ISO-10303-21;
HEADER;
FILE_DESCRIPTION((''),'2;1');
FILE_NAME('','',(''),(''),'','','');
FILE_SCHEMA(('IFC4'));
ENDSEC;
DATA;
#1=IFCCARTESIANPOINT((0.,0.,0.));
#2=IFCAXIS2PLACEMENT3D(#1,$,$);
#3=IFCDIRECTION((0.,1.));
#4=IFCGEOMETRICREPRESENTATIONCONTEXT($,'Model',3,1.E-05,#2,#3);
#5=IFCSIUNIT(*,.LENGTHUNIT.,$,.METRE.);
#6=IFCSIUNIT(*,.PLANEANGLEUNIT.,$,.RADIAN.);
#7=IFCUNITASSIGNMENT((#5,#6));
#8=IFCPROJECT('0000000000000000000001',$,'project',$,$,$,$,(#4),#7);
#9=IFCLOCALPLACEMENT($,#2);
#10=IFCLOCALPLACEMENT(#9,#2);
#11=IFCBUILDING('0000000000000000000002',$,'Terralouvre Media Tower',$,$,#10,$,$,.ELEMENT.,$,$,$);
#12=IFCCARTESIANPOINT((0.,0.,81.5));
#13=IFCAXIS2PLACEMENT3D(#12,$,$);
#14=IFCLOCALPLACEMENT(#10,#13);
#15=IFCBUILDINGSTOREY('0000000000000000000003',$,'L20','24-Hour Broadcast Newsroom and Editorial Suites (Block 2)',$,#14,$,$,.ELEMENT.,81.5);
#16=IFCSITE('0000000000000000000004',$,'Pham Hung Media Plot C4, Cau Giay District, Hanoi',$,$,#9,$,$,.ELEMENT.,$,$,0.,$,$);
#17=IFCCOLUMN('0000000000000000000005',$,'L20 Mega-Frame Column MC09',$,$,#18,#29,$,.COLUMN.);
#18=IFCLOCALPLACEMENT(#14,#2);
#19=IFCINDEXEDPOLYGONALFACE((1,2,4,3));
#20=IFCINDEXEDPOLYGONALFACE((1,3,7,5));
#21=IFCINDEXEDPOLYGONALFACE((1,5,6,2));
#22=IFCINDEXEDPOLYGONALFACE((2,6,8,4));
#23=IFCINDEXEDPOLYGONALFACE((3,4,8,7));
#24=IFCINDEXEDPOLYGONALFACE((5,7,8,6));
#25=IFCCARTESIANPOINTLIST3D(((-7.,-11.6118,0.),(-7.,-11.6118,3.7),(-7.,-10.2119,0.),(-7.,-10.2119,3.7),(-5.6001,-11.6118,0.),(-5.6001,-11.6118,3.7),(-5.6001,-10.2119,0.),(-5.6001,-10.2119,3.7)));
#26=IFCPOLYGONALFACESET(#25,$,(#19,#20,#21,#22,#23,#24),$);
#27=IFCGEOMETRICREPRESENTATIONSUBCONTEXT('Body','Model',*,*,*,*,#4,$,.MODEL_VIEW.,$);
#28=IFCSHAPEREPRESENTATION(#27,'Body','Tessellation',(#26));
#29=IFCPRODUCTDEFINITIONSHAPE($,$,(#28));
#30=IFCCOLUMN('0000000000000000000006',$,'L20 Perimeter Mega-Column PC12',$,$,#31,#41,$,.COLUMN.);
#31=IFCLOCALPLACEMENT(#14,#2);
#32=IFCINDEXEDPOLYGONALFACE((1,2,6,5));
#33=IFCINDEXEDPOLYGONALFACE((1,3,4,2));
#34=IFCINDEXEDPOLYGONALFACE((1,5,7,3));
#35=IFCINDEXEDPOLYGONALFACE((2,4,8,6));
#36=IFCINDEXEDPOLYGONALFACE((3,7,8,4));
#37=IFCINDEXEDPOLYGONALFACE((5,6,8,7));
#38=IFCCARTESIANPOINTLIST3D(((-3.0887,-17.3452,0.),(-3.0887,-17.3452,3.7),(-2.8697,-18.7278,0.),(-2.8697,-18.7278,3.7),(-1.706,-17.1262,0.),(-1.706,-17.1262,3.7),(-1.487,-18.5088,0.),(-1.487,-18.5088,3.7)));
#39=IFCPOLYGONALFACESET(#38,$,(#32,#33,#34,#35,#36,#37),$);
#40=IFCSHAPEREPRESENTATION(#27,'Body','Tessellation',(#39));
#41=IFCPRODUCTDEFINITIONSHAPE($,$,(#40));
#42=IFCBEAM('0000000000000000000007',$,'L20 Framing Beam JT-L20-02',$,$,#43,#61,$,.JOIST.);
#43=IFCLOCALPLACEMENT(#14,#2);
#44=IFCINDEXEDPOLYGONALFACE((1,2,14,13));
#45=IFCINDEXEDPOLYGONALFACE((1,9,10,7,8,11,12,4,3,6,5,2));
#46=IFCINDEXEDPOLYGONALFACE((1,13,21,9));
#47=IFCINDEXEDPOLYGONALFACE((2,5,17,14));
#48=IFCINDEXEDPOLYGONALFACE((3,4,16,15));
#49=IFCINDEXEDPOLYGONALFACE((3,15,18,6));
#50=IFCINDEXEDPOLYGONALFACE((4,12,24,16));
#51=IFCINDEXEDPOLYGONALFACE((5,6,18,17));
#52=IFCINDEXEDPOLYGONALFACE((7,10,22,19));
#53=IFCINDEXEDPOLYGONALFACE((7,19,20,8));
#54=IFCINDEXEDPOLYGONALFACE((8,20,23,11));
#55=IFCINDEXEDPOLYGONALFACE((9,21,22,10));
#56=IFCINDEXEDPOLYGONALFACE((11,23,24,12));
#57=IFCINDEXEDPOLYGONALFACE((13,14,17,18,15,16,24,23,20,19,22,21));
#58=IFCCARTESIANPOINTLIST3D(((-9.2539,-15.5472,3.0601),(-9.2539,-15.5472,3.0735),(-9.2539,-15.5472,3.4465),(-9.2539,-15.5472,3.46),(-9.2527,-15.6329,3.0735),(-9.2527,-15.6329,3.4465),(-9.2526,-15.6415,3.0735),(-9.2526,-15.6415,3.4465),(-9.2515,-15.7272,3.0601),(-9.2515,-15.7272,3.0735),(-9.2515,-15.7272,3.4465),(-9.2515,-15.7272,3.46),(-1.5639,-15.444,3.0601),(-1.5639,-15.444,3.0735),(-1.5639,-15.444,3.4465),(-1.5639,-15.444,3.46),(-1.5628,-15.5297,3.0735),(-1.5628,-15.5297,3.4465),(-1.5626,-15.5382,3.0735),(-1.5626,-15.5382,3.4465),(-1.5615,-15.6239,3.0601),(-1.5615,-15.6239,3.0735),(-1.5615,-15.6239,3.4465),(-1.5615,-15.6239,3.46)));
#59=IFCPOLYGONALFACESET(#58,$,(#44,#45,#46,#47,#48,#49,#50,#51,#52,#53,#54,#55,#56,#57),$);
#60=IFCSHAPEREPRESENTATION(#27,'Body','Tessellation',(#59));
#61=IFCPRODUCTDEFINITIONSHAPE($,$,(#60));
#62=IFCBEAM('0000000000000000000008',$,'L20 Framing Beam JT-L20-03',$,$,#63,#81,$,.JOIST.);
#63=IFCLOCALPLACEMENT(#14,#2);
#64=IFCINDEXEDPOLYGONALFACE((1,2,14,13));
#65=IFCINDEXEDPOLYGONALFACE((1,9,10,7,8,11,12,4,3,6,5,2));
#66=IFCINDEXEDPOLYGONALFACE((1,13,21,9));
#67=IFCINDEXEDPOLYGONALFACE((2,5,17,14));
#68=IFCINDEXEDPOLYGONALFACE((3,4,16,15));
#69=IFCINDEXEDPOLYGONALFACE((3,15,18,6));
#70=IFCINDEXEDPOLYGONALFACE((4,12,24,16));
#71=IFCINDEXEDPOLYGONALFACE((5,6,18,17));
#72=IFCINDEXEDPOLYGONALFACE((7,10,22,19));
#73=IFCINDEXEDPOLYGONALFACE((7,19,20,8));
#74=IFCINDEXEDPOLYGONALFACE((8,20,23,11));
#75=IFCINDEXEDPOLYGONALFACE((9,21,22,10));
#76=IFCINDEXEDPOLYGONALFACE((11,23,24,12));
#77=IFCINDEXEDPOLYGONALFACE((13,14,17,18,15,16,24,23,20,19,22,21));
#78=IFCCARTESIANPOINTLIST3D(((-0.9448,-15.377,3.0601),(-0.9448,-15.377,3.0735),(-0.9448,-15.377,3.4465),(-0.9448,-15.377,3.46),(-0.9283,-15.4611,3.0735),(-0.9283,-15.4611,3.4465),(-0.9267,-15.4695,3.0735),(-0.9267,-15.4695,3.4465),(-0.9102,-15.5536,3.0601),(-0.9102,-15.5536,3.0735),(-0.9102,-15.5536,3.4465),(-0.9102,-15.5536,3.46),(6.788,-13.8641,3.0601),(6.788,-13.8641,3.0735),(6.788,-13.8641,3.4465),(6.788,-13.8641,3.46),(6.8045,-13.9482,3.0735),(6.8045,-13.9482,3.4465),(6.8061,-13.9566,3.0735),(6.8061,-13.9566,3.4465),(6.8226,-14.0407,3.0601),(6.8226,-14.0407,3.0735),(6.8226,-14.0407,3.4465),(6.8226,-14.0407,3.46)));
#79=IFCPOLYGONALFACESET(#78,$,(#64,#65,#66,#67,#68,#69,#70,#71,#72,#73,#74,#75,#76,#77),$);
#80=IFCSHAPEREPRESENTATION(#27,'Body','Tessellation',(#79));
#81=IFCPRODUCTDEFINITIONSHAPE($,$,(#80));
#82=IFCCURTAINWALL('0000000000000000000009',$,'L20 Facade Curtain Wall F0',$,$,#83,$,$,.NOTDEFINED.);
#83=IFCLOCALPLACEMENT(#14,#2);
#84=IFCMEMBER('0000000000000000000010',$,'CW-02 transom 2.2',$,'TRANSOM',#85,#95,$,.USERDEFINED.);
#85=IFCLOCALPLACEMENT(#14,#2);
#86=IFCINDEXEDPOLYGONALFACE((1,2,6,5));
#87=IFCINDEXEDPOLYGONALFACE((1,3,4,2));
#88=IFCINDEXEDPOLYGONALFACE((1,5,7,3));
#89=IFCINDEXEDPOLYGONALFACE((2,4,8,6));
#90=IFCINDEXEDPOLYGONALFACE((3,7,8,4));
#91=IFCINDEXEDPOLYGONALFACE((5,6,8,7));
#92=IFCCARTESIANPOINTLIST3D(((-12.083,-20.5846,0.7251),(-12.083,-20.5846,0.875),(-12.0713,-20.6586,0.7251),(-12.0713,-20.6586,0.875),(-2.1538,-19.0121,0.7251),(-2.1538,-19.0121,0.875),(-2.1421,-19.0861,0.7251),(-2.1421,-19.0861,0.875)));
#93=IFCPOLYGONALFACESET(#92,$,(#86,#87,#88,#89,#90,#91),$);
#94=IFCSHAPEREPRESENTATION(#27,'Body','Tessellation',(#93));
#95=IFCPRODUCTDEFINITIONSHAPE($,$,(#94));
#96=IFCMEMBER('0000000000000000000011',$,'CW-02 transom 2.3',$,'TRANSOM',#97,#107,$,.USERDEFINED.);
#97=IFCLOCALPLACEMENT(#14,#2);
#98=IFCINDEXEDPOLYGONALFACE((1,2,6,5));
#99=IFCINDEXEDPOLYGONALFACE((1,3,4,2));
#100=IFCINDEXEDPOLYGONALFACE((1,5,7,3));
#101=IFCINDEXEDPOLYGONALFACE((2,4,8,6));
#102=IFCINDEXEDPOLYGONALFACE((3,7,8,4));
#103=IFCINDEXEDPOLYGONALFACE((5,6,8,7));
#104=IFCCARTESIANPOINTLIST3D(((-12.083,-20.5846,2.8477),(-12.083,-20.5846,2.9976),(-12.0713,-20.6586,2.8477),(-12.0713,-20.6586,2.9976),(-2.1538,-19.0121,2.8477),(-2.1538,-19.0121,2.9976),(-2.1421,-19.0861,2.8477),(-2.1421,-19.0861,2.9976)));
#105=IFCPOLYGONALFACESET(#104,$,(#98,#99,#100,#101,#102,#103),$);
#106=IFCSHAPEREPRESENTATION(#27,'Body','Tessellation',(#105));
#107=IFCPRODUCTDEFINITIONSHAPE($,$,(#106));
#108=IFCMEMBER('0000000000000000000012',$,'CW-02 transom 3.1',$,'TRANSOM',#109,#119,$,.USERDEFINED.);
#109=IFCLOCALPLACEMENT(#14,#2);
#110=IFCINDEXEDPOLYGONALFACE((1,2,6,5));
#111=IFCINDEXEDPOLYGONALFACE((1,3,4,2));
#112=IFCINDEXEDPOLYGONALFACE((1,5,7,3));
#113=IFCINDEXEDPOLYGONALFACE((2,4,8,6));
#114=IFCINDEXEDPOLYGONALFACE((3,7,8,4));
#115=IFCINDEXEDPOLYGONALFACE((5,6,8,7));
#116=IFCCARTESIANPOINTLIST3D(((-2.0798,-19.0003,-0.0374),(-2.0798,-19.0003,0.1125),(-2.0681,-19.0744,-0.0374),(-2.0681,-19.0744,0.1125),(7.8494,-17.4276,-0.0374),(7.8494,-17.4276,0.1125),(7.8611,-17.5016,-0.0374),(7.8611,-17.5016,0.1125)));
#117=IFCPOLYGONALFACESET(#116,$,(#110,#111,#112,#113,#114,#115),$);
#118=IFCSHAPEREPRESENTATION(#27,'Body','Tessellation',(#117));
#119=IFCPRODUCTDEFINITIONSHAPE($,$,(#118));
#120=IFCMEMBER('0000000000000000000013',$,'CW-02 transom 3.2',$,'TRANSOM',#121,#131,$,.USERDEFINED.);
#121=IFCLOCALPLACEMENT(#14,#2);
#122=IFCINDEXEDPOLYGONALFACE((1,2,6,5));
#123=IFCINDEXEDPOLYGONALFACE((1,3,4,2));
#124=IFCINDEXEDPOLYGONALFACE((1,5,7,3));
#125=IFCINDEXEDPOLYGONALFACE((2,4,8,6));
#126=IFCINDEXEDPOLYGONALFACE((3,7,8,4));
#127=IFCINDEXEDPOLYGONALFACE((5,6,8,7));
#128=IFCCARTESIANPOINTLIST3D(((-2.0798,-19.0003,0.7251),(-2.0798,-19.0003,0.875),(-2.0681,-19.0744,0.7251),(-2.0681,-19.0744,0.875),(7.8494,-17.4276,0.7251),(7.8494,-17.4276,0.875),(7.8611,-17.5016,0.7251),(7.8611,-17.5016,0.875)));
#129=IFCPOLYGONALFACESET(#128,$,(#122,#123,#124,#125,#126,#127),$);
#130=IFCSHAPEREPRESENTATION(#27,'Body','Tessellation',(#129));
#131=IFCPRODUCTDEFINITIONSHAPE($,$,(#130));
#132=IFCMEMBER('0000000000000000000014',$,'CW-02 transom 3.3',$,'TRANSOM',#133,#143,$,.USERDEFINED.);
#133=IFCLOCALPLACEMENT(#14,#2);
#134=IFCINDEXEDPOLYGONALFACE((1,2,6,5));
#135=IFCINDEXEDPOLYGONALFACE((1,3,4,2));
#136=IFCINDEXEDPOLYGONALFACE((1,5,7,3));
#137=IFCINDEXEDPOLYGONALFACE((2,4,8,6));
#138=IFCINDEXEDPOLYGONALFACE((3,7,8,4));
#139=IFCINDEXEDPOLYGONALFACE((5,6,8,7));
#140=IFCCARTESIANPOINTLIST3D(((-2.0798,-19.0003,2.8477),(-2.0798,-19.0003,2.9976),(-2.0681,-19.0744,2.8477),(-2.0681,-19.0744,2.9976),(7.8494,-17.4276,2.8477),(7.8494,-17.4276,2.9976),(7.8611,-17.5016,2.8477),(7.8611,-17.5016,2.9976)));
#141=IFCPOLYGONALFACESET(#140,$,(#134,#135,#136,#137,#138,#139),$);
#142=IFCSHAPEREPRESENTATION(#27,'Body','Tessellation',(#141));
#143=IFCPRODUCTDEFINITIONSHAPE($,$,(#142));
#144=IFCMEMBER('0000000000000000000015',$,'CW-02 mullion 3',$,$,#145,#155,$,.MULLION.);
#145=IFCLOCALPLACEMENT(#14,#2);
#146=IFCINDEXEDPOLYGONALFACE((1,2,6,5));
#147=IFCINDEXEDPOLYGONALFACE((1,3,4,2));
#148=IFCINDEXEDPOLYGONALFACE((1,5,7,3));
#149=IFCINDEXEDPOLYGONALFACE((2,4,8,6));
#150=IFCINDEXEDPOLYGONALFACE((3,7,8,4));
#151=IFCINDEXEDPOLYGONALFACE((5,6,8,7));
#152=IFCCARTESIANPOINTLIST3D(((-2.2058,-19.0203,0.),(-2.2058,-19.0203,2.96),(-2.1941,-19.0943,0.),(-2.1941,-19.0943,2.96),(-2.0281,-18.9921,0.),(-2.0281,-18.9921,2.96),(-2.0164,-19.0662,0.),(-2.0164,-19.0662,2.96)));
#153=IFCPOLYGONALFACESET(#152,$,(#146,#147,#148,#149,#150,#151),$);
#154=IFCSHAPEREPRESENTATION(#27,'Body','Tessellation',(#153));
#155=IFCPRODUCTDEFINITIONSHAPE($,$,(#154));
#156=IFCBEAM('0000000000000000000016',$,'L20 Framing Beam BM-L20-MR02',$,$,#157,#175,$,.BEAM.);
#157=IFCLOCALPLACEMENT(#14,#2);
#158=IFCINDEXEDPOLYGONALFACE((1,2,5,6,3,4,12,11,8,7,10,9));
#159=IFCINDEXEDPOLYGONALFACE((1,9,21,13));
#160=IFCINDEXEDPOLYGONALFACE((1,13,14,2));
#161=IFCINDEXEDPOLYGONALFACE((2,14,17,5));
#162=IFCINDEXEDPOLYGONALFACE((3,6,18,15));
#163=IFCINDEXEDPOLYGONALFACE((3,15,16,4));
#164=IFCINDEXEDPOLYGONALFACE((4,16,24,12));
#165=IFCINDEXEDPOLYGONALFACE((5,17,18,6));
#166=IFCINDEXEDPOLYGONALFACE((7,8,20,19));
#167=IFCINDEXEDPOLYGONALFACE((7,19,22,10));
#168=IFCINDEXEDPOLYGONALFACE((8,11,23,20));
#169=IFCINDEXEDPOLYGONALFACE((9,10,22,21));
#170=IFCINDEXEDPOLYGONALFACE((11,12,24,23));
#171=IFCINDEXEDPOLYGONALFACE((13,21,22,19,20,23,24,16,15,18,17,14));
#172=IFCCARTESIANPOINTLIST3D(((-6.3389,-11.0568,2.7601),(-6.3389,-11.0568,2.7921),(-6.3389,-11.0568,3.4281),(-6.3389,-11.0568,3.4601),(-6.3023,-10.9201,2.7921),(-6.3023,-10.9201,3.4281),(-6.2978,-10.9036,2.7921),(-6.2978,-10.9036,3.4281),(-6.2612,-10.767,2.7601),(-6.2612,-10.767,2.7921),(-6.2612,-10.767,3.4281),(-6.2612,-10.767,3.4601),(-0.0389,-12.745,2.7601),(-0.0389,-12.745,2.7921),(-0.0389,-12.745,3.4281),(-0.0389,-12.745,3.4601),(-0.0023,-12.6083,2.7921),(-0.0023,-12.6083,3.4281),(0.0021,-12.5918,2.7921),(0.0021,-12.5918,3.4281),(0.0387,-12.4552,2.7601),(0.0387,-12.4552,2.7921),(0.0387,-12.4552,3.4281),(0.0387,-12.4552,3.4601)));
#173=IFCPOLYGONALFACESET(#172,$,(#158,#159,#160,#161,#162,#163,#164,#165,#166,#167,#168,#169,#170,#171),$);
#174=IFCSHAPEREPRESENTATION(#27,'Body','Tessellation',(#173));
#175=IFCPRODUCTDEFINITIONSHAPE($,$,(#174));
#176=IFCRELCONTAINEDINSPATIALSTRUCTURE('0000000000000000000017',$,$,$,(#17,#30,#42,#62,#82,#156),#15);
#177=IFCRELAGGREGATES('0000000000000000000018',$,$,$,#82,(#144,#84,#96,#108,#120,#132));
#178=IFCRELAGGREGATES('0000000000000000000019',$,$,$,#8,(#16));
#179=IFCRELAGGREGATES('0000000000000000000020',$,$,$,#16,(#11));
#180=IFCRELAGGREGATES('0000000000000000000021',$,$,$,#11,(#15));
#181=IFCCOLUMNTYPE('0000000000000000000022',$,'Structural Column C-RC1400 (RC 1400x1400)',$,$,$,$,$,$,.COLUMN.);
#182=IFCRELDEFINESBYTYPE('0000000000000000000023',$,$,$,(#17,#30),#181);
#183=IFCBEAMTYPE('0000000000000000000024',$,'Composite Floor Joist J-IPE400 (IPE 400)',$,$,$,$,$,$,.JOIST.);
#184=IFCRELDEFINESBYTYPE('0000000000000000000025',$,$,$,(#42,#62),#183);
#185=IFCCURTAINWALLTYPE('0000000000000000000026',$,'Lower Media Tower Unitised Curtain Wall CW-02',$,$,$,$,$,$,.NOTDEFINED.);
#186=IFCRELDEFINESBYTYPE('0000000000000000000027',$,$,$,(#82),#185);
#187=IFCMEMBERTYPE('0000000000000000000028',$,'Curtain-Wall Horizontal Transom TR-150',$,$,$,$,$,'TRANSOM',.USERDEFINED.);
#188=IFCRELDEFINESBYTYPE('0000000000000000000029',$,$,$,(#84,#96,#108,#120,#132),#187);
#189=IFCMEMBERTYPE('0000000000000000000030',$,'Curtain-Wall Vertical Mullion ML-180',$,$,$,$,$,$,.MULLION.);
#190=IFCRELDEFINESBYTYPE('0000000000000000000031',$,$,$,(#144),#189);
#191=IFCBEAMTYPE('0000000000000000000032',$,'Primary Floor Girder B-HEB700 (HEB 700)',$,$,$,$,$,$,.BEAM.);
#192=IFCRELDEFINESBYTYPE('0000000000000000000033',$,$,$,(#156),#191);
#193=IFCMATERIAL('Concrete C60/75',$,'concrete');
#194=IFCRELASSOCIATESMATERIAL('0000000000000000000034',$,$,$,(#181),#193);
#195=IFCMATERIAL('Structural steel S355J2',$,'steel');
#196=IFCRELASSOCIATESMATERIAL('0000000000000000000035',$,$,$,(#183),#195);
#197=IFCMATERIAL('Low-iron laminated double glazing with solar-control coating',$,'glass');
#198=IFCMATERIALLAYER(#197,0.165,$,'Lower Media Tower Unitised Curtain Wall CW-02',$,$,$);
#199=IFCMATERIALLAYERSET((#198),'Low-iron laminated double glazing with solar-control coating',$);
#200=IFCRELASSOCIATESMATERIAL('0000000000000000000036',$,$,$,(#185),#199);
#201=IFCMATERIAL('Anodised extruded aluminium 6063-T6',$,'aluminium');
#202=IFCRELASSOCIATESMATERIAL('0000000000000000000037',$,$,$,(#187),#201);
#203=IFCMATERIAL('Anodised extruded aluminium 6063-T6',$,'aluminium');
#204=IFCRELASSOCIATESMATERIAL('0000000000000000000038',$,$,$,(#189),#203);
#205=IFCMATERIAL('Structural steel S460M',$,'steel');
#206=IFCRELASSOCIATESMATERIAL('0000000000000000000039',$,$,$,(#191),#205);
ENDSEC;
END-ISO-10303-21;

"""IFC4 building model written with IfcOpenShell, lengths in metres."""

from ifc_helpers import new_model, si_unit, direction, frame, origin, origin_2d, place, context, subcontext, project, spatial, rectangle, i_section, extrude, material, layer, layer_set, material_profile, profile_set, type_object, element, aggregate, save


model = new_model("IFC4")

# Units and contexts
model_context = context("Model", 3, precision=1e-05, world=origin(), true_north=direction((0.0, 1.0)))
body_context = subcontext(model_context, "Body", "Model", "MODEL_VIEW")
ifc_project = project(units=[si_unit("LENGTHUNIT", "METRE"), si_unit("PLANEANGLEUNIT", "RADIAN")], contexts=[model_context])

# Site, building, storey
site_placement = place(None, origin())
site = spatial("IfcSite", under=ifc_project, at=site_placement, Name="Pham Hung Media Plot C4, Cau Giay District, Hanoi", CompositionType="ELEMENT", RefElevation=0.0)
building_placement = place(site_placement, origin())
building = spatial("IfcBuilding", under=site, at=building_placement, Name="Terralouvre Media Tower", CompositionType="ELEMENT")
storey_placement = place(building_placement, frame((0.0, 0.0, 81.5)))
storey = spatial("IfcBuildingStorey", under=building, at=storey_placement, Name="L20", Description="24-Hour Broadcast Newsroom and Editorial Suites (Block 2)", CompositionType="ELEMENT", Elevation=81.5)

# Columns
ifc_material_1 = material(Name="Concrete C60/75", Category="concrete")
ifc_material_profile_1 = material_profile(ifc_material_1, rectangle(XDim=1.3999, YDim=1.3999, at=origin_2d()), Name="RC 1400x1400")
ifc_profile_set_1 = profile_set([ifc_material_profile_1], Name="Concrete C60/75")
column_type = type_object("IfcColumnType", Name="Structural Column C-RC1400 (RC 1400x1400)", PredefinedType="COLUMN", material=ifc_profile_set_1)
for number, where, z_axis, x_axis, name in (
    (1, (-6.3, -10.9119, 0.0), (0.0, 0.0, 1.0), (1.0, 0.0, 0.0), "L20 Mega-Frame Column MC09"),
    (2, (-2.2878, -17.927, 0.0), (0.0, 0.0, 1.0), (0.987688, 0.156434, 0.0), "L20 Perimeter Mega-Column PC12"),
):
    element("IfcColumn", number, at=place(storey_placement, frame(where, z_axis=z_axis, x_axis=x_axis)), inside=storey, type_object=column_type, Name=name, PredefinedType="COLUMN", context=body_context, shape_type="SweptSolid", body=[
        extrude(rectangle(XDim=1.3999, YDim=1.3999, at=origin_2d()), origin(), (0.0, 0.0, 1.0), 3.7),
    ])

# Beams
ifc_material_2 = material(Name="Structural steel S355J2", Category="steel")
ifc_material_profile_2 = material_profile(ifc_material_2, i_section(OverallWidth=0.1799, OverallDepth=0.3999, WebThickness=0.0085, FlangeThickness=0.0134, at=origin_2d()), Name="IPE 400")
ifc_profile_set_2 = profile_set([ifc_material_profile_2], Name="Structural steel S355J2")
beam_type_1 = type_object("IfcBeamType", Name="Composite Floor Joist J-IPE400 (IPE 400)", PredefinedType="JOIST", material=ifc_profile_set_2)
beam_1_placement = place(storey_placement, frame((-9.2527, -15.6372, 3.26), z_axis=(0.99991, 0.013428, 0.0), x_axis=(-0.013428, 0.99991, 0.0)))
element("IfcBeam", 3, at=beam_1_placement, inside=storey, type_object=beam_type_1, Name="L20 Framing Beam JT-L20-02", PredefinedType="JOIST", context=body_context, shape_type="SweptSolid", body=[
    extrude(i_section(OverallWidth=0.1799, OverallDepth=0.3999, WebThickness=0.0085, FlangeThickness=0.0134, at=origin_2d()), origin(), (0.0, 0.0, 1.0), 7.6907),
])
beam_2_placement = place(storey_placement, frame((-0.9275, -15.4653, 3.26), z_axis=(0.981392, 0.192015, 0.0), x_axis=(-0.192015, 0.981392, 0.0)))
element("IfcBeam", 4, at=beam_2_placement, inside=storey, type_object=beam_type_1, Name="L20 Framing Beam JT-L20-03", PredefinedType="JOIST", context=body_context, shape_type="SweptSolid", body=[
    extrude(i_section(OverallWidth=0.1799, OverallDepth=0.3999, WebThickness=0.0085, FlangeThickness=0.0134, at=origin_2d()), origin(), (0.0, 0.0, 1.0), 7.8794),
])

# Curtain wall, members
ifc_material_3 = material(Name="Low-iron laminated double glazing with solar-control coating", Category="glass")
ifc_layer_1 = layer(ifc_material_3, 0.165, Name="Lower Media Tower Unitised Curtain Wall CW-02")
ifc_layer_set_1 = layer_set([ifc_layer_1], Name="Low-iron laminated double glazing with solar-control coating")
curtain_wall_type = type_object("IfcCurtainWallType", Name="Lower Media Tower Unitised Curtain Wall CW-02", PredefinedType="NOTDEFINED", material=ifc_layer_set_1)
curtain_wall_placement = place(storey_placement, origin())
curtain_wall = element("IfcCurtainWall", 5, at=curtain_wall_placement, inside=storey, type_object=curtain_wall_type, Name="L20 Facade Curtain Wall F0", PredefinedType="NOTDEFINED")
ifc_material_4 = material(Name="Anodised extruded aluminium 6063-T6", Category="aluminium")
ifc_material_profile_3 = material_profile(ifc_material_4, rectangle(XDim=0.075, YDim=0.1499, at=origin_2d()), Name="ALU 75x150")
ifc_profile_set_3 = profile_set([ifc_material_profile_3], Name="Anodised extruded aluminium 6063-T6")
member_type_1 = type_object("IfcMemberType", Name="Curtain-Wall Horizontal Transom TR-150", ElementType="TRANSOM", PredefinedType="USERDEFINED", material=ifc_profile_set_3)
member_1_placement = place(storey_placement, frame((-12.0771, -20.6216, 0.8), z_axis=(0.98769, 0.156423, 0.0), x_axis=(-0.156423, 0.98769, 0.0)))
member_1 = element("IfcMember", 6, at=member_1_placement, type_object=member_type_1, Name="CW-02 transom 2.2", ObjectType="TRANSOM", PredefinedType="USERDEFINED", context=body_context, shape_type="SweptSolid", body=[
    extrude(rectangle(XDim=0.075, YDim=0.1499, at=origin_2d()), origin(), (0.0, 0.0, 1.0), 10.053),
])
member_2_placement = place(storey_placement, frame((-12.0771, -20.6216, 2.9226), z_axis=(0.98769, 0.156423, 0.0), x_axis=(-0.156423, 0.98769, 0.0)))
member_2 = element("IfcMember", 7, at=member_2_placement, type_object=member_type_1, Name="CW-02 transom 2.3", ObjectType="TRANSOM", PredefinedType="USERDEFINED", context=body_context, shape_type="SweptSolid", body=[
    extrude(rectangle(XDim=0.075, YDim=0.1499, at=origin_2d()), origin(), (0.0, 0.0, 1.0), 10.053),
])
member_3_placement = place(storey_placement, frame((-2.074, -19.0374, 0.0376), z_axis=(0.987686, 0.156446, 0.0), x_axis=(-0.156446, 0.987686, 0.0)))
member_3 = element("IfcMember", 8, at=member_3_placement, type_object=member_type_1, Name="CW-02 transom 3.1", ObjectType="TRANSOM", PredefinedType="USERDEFINED", context=body_context, shape_type="SweptSolid", body=[
    extrude(rectangle(XDim=0.075, YDim=0.1499, at=origin_2d()), origin(), (0.0, 0.0, 1.0), 10.053),
])
member_4_placement = place(storey_placement, frame((-2.074, -19.0374, 0.8), z_axis=(0.987686, 0.156446, 0.0), x_axis=(-0.156446, 0.987686, 0.0)))
member_4 = element("IfcMember", 9, at=member_4_placement, type_object=member_type_1, Name="CW-02 transom 3.2", ObjectType="TRANSOM", PredefinedType="USERDEFINED", context=body_context, shape_type="SweptSolid", body=[
    extrude(rectangle(XDim=0.075, YDim=0.1499, at=origin_2d()), origin(), (0.0, 0.0, 1.0), 10.053),
])
member_5_placement = place(storey_placement, frame((-2.074, -19.0374, 2.9226), z_axis=(0.987686, 0.156446, 0.0), x_axis=(-0.156446, 0.987686, 0.0)))
member_5 = element("IfcMember", 10, at=member_5_placement, type_object=member_type_1, Name="CW-02 transom 3.3", ObjectType="TRANSOM", PredefinedType="USERDEFINED", context=body_context, shape_type="SweptSolid", body=[
    extrude(rectangle(XDim=0.075, YDim=0.1499, at=origin_2d()), origin(), (0.0, 0.0, 1.0), 10.053),
])
ifc_material_5 = material(Name="Anodised extruded aluminium 6063-T6", Category="aluminium")
ifc_material_profile_4 = material_profile(ifc_material_5, rectangle(XDim=0.075, YDim=0.1799, at=origin_2d()), Name="ALU 75x180")
ifc_profile_set_4 = profile_set([ifc_material_profile_4], Name="Anodised extruded aluminium 6063-T6")
member_type_2 = type_object("IfcMemberType", Name="Curtain-Wall Vertical Mullion ML-180", PredefinedType="MULLION", material=ifc_profile_set_4)
member_6_placement = place(storey_placement, frame((-2.1111, -19.0432, 0.0), z_axis=(0.0, 0.0, 1.0), x_axis=(-0.156434, 0.987688, 0.0)))
member_6 = element("IfcMember", 11, at=member_6_placement, type_object=member_type_2, Name="CW-02 mullion 3", PredefinedType="MULLION", context=body_context, shape_type="SweptSolid", body=[
    extrude(rectangle(XDim=0.075, YDim=0.1799, at=origin_2d()), origin(), (0.0, 0.0, 1.0), 2.96),
])

# Beam
ifc_material_6 = material(Name="Structural steel S460M", Category="steel")
ifc_material_profile_5 = material_profile(ifc_material_6, i_section(OverallWidth=0.3, OverallDepth=0.7, WebThickness=0.0171, FlangeThickness=0.032, at=origin_2d()), Name="HEB 700")
ifc_profile_set_5 = profile_set([ifc_material_profile_5], Name="Structural steel S460M")
beam_type_2 = type_object("IfcBeamType", Name="Primary Floor Girder B-HEB700 (HEB 700)", PredefinedType="BEAM", material=ifc_profile_set_5)
beam_3_placement = place(storey_placement, frame((-6.3, -10.9119, 3.1101), z_axis=(0.96592, -0.258839, 0.0), x_axis=(0.258839, 0.96592, 0.0)))
element("IfcBeam", 12, at=beam_3_placement, inside=storey, type_object=beam_type_2, Name="L20 Framing Beam BM-L20-MR02", PredefinedType="BEAM", context=body_context, shape_type="SweptSolid", body=[
    extrude(i_section(OverallWidth=0.3, OverallDepth=0.7, WebThickness=0.0171, FlangeThickness=0.032, at=origin_2d()), origin(), (0.0, 0.0, 1.0), 6.5222),
])

aggregate(curtain_wall, [member_6, member_1, member_2, member_3, member_4, member_5])

save(model, "model.ifc")
